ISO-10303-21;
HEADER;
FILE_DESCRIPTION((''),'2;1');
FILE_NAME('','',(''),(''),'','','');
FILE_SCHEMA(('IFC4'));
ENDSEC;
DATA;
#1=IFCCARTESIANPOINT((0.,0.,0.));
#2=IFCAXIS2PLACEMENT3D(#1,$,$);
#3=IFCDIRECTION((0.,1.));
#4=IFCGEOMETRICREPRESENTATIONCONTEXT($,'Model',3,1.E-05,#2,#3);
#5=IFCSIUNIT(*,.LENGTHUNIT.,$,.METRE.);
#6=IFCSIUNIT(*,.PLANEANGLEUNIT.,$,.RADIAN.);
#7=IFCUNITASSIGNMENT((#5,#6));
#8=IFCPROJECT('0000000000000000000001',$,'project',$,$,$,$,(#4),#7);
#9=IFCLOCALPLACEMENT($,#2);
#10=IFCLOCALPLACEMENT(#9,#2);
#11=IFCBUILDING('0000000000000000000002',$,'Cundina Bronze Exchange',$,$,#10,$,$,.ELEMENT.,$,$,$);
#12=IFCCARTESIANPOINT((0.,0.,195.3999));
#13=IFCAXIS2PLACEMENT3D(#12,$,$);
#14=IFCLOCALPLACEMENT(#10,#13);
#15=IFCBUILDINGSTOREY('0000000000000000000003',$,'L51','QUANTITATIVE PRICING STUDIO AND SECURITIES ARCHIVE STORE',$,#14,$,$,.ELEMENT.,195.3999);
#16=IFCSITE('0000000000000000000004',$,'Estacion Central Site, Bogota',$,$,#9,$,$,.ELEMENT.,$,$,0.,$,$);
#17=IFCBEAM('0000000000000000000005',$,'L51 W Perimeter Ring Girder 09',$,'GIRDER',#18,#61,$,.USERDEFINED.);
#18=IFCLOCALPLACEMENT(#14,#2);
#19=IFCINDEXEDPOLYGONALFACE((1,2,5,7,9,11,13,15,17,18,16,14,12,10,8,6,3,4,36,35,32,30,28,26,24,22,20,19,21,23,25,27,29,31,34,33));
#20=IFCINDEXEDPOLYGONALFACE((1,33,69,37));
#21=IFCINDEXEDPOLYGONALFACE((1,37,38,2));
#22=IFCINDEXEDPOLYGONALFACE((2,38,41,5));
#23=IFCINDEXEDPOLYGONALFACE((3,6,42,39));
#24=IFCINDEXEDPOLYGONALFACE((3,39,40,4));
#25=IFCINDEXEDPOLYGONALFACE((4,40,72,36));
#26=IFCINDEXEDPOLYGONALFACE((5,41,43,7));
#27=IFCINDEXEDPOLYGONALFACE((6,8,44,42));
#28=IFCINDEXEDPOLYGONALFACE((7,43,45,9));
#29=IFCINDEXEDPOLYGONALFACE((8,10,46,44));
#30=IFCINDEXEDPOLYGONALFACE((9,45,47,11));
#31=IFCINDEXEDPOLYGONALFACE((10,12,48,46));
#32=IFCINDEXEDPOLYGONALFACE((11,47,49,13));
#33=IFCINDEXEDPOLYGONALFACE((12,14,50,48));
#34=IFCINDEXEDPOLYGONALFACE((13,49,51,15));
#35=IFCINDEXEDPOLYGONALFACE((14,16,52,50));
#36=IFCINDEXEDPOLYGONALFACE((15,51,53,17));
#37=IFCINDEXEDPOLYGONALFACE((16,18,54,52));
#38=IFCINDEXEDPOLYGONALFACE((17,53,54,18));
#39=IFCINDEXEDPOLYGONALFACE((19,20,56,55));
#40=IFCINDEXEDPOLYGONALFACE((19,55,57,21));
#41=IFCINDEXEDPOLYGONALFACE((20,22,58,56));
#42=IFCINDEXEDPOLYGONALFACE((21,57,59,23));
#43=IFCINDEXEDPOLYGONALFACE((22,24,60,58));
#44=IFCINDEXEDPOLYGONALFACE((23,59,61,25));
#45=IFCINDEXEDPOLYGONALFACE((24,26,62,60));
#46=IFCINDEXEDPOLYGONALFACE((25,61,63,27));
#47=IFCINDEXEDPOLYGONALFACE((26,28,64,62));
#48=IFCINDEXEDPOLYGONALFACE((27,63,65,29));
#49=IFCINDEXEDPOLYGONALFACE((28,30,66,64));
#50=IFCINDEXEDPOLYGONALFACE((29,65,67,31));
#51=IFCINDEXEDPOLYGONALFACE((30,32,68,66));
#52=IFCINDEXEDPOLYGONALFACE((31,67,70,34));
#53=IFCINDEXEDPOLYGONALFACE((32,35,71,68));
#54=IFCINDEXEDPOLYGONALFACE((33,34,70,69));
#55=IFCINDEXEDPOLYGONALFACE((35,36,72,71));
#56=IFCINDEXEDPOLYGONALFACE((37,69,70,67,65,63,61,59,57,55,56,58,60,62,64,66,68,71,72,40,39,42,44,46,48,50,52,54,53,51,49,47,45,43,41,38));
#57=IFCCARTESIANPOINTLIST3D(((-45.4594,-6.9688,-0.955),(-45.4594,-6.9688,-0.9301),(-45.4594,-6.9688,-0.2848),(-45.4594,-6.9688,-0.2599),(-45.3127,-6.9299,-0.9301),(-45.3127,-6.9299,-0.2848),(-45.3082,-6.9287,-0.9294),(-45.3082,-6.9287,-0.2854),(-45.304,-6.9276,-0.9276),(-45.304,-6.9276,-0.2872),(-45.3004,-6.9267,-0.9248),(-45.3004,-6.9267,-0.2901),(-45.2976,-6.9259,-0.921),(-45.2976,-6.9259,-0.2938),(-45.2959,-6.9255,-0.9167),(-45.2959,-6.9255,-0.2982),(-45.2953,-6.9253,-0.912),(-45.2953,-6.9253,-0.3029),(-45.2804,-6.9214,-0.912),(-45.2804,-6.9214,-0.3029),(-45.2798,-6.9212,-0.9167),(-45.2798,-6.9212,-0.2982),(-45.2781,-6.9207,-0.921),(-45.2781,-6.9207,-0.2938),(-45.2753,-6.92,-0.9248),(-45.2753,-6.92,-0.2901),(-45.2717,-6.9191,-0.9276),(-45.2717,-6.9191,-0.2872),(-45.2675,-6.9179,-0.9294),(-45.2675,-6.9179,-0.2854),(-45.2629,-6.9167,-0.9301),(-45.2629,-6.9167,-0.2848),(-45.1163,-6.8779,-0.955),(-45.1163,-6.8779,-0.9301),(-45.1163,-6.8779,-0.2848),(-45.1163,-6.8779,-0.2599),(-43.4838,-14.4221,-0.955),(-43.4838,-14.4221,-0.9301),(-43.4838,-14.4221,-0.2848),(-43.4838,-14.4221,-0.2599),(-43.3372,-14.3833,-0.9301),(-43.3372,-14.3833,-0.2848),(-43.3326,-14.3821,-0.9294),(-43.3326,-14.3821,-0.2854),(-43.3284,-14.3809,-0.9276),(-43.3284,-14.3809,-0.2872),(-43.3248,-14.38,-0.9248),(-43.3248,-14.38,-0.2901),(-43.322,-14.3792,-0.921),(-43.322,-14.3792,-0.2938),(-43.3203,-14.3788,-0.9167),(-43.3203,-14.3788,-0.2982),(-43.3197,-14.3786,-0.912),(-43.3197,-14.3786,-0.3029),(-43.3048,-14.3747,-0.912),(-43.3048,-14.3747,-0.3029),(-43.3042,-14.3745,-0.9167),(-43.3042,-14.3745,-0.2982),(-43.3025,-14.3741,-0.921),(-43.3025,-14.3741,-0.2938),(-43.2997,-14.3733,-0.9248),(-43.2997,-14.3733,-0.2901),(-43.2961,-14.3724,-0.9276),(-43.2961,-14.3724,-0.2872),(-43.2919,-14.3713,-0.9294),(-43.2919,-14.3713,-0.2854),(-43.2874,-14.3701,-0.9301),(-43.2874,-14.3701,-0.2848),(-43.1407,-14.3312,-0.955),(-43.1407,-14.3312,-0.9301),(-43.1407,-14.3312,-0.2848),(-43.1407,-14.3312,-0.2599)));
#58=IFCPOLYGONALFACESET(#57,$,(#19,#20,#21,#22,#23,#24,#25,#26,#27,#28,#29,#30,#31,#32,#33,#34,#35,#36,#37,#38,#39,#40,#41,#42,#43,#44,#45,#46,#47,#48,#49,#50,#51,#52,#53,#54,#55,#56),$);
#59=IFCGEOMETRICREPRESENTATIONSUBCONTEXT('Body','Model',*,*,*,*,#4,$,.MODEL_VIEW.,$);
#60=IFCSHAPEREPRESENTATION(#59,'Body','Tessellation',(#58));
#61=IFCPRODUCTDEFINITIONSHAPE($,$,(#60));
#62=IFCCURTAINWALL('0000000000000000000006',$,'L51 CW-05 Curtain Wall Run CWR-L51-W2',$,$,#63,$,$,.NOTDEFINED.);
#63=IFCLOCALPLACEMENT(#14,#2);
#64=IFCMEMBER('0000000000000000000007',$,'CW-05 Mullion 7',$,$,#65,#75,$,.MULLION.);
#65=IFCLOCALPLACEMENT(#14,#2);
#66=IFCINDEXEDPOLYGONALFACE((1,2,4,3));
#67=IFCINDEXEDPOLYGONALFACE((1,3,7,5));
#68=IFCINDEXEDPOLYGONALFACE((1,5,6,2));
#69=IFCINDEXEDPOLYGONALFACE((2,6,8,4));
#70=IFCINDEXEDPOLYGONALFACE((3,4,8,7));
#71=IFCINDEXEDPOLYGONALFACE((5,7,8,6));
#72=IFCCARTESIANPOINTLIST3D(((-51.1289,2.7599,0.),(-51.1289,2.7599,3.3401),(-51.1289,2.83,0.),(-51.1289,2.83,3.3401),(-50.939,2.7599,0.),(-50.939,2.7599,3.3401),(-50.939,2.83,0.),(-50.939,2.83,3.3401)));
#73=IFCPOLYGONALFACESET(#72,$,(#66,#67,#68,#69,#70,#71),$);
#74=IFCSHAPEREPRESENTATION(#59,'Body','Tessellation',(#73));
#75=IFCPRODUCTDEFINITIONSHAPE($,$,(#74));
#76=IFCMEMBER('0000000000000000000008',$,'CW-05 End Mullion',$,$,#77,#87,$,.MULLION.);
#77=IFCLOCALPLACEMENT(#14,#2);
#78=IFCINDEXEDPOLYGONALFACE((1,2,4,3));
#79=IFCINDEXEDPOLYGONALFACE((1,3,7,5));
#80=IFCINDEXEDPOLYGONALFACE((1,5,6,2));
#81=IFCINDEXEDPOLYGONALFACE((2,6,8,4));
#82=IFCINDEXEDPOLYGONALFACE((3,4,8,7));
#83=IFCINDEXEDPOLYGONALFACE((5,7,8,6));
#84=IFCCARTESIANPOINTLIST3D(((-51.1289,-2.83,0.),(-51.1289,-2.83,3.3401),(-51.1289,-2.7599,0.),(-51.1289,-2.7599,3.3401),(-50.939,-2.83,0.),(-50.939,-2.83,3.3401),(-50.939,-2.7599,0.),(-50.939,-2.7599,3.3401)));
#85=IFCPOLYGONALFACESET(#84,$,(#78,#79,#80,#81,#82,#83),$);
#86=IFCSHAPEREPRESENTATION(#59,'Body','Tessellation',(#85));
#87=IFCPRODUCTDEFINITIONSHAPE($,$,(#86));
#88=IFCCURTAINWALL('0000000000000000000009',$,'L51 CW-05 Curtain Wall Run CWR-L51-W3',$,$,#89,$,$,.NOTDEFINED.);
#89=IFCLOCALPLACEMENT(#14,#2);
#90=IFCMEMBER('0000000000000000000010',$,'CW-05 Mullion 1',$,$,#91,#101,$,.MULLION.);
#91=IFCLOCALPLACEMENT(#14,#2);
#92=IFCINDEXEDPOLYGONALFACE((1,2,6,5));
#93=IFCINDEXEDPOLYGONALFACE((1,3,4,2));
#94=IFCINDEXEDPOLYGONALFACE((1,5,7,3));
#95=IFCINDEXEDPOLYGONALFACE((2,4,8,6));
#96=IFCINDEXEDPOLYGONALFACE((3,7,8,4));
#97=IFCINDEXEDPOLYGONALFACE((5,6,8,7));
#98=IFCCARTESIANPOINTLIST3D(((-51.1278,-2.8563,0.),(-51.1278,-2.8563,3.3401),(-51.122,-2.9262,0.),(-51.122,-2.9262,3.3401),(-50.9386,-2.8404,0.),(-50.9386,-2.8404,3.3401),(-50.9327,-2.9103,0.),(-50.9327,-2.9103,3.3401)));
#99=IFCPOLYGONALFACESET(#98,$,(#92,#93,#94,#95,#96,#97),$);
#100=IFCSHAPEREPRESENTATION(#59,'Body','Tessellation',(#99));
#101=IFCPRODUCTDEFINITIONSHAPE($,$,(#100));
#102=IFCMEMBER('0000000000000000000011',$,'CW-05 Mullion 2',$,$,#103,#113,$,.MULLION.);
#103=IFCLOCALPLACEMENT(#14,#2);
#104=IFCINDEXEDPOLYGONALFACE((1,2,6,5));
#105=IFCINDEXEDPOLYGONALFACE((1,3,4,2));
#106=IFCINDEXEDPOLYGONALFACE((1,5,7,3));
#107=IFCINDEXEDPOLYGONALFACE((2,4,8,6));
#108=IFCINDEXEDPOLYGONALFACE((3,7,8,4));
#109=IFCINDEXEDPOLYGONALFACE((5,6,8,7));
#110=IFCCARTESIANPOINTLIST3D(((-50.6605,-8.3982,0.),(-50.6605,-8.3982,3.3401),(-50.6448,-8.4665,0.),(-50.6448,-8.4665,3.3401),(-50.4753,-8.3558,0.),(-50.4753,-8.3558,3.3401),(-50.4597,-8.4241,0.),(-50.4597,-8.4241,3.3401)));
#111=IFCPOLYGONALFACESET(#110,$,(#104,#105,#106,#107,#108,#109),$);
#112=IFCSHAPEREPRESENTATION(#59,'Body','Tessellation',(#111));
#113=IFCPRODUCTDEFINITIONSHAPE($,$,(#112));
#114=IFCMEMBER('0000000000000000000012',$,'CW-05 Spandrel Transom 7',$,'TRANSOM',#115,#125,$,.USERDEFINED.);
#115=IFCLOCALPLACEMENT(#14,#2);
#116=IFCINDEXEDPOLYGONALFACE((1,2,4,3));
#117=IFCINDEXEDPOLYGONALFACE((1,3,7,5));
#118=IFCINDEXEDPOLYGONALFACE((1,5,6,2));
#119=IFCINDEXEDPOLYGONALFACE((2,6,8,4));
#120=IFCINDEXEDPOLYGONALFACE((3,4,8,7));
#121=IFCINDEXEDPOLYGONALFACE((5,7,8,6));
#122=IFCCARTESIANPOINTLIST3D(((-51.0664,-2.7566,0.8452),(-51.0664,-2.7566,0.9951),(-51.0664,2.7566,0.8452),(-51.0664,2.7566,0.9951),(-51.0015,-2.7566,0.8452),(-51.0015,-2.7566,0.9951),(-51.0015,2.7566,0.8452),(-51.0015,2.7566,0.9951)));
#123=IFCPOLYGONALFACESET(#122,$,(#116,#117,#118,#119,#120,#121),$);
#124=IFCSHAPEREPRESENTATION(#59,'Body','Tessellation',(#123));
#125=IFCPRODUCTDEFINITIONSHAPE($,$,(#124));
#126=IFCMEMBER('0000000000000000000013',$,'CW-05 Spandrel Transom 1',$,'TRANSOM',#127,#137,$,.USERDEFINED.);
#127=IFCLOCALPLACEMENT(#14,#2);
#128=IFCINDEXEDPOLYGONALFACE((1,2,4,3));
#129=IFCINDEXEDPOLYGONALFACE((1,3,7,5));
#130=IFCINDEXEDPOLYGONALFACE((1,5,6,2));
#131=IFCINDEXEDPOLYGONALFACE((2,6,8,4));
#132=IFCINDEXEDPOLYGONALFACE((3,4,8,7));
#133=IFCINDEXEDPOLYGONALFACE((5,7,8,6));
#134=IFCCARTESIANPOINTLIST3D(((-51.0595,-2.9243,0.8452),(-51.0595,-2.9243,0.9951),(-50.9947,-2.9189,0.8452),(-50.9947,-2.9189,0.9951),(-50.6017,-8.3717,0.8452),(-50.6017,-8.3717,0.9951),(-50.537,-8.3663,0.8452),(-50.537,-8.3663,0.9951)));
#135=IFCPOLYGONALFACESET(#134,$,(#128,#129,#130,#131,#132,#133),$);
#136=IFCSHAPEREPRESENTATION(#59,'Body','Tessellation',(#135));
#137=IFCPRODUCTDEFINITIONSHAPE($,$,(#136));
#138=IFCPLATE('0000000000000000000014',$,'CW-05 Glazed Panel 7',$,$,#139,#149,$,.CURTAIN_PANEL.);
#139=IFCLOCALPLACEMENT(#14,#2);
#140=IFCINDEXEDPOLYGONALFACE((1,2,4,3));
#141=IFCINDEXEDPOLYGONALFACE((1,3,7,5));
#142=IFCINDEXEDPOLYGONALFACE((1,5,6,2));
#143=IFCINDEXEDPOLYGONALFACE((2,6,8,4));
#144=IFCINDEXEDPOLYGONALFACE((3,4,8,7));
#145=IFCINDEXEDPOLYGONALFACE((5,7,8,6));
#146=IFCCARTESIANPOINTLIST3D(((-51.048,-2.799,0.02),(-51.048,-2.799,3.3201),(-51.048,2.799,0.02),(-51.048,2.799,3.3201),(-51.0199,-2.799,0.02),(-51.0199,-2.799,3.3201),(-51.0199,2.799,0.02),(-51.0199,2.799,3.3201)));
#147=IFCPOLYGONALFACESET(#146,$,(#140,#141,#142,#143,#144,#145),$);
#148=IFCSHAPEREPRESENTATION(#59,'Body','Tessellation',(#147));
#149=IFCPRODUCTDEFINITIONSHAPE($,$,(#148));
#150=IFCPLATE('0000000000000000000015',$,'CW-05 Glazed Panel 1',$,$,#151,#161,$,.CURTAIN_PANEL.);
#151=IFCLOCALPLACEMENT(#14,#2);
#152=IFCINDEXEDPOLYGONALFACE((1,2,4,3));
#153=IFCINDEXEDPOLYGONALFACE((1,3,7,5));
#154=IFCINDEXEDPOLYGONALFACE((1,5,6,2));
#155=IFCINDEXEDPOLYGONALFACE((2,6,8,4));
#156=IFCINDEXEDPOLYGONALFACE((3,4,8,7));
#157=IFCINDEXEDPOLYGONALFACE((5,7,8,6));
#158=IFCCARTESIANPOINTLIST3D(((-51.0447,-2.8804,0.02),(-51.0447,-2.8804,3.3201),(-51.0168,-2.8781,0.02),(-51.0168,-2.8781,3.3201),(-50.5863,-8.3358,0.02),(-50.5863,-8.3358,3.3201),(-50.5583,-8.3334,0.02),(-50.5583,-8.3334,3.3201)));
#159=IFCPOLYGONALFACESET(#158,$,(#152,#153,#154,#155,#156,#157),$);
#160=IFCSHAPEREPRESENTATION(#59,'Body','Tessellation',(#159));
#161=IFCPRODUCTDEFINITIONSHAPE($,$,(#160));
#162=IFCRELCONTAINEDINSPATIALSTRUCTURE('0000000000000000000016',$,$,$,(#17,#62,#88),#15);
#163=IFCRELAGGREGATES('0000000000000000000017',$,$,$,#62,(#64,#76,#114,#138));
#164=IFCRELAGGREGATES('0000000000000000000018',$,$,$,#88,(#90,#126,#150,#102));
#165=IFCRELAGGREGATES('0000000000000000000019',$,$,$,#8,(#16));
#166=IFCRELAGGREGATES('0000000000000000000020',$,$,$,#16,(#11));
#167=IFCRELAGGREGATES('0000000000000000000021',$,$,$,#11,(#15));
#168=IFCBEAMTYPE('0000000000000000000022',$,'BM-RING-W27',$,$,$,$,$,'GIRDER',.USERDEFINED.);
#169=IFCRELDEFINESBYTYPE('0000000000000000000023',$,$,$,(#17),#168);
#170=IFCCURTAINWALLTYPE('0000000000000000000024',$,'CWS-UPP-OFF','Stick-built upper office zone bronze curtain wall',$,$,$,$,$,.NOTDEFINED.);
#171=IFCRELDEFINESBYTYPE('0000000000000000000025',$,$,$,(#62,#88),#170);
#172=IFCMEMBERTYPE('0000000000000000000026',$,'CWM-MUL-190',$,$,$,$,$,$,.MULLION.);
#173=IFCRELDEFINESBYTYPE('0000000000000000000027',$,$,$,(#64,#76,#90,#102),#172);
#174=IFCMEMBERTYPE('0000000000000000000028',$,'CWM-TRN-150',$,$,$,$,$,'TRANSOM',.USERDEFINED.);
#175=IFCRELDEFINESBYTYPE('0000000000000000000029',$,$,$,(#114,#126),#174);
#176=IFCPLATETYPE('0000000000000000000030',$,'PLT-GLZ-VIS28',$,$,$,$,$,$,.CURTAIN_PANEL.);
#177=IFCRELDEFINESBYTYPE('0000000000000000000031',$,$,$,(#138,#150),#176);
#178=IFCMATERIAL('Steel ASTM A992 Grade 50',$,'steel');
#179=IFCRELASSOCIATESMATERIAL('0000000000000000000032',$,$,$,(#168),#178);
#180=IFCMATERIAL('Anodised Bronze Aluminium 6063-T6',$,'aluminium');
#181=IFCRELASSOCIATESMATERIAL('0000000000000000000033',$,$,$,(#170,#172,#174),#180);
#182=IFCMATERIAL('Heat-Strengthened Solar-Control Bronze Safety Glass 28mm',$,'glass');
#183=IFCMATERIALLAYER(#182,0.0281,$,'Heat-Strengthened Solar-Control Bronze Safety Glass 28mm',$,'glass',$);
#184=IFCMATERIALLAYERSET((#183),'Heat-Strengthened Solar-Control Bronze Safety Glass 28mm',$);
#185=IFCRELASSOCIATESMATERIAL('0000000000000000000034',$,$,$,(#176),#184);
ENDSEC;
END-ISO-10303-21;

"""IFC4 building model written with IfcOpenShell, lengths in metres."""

from ifc_helpers import new_model, si_unit, direction, frame, origin, origin_2d, place, context, subcontext, project, spatial, rectangle, i_section, extrude, material, layer, layer_set, material_profile, profile_set, type_object, element, aggregate, save


model = new_model("IFC4")

# Units and contexts
model_context = context("Model", 3, precision=1e-05, world=origin(), true_north=direction((0.0, 1.0)))
body_context = subcontext(model_context, "Body", "Model", "MODEL_VIEW")
ifc_project = project(units=[si_unit("LENGTHUNIT", "METRE"), si_unit("PLANEANGLEUNIT", "RADIAN")], contexts=[model_context])

# Site, building, storey
site_placement = place(None, origin())
site = spatial("IfcSite", under=ifc_project, at=site_placement, Name="Estacion Central Site, Bogota", CompositionType="ELEMENT", RefElevation=0.0)
building_placement = place(site_placement, origin())
building = spatial("IfcBuilding", under=site, at=building_placement, Name="Cundina Bronze Exchange", CompositionType="ELEMENT")
storey_placement = place(building_placement, frame((0.0, 0.0, 195.3999)))
storey = spatial("IfcBuildingStorey", under=building, at=storey_placement, Name="L51", Description="QUANTITATIVE PRICING STUDIO AND SECURITIES ARCHIVE STORE", CompositionType="ELEMENT", Elevation=195.3999)

# Beam
ifc_material_1 = material(Name="Steel ASTM A992 Grade 50", Category="steel")
ifc_material_profile_1 = material_profile(ifc_material_1, i_section(OverallWidth=0.355, OverallDepth=0.6951, WebThickness=0.0154, FlangeThickness=0.0249, FilletRadius=0.0181, at=origin_2d()), Name="W27X146", Category="steel")
ifc_profile_set_1 = profile_set([ifc_material_profile_1], Name="Steel ASTM A992 Grade 50")
beam_type_1 = type_object("IfcBeamType", Name="BM-RING-W27", ElementType="GIRDER", PredefinedType="USERDEFINED", material=ifc_profile_set_1)
for number, where, z_axis, x_axis, name in (
    (1, (-45.2878, -6.9233, -0.6074), (0.256212, -0.966621, 0.0), (0.966621, 0.256212, 0.0), "L51 W Perimeter Ring Girder 09"),
):
    element("IfcBeam", number, at=place(storey_placement, frame(where, z_axis=z_axis, x_axis=x_axis)), inside=storey, type_object=beam_type_1, Name=name, ObjectType="GIRDER", PredefinedType="USERDEFINED", context=body_context, shape_type="SweptSolid", body=[
        extrude(i_section(OverallWidth=0.355, OverallDepth=0.6951, WebThickness=0.0154, FlangeThickness=0.0249, FilletRadius=0.0181, at=origin_2d()), origin(), (0.0, 0.0, 1.0), 7.7107),
    ])

# Curtain walls, members
ifc_material_2 = material(Name="Anodised Bronze Aluminium 6063-T6", Category="aluminium")
curtain_wall_type = type_object("IfcCurtainWallType", Name="CWS-UPP-OFF", Description="Stick-built upper office zone bronze curtain wall", PredefinedType="NOTDEFINED", material=ifc_material_2)
curtain_wall_1_placement = place(storey_placement, origin())
curtain_wall_1 = element("IfcCurtainWall", 2, at=curtain_wall_1_placement, inside=storey, type_object=curtain_wall_type, Name="L51 CW-05 Curtain Wall Run CWR-L51-W2", PredefinedType="NOTDEFINED")
ifc_material_profile_2 = material_profile(ifc_material_2, rectangle(XDim=0.0701, YDim=0.1899, at=origin_2d()), Name="AL70X190", Category="aluminium")
ifc_profile_set_2 = profile_set([ifc_material_profile_2], Name="Anodised Bronze Aluminium 6063-T6")
member_type_1 = type_object("IfcMemberType", Name="CWM-MUL-190", PredefinedType="MULLION", material=ifc_profile_set_2)
member_1_placement = place(storey_placement, frame((-51.0339, 2.7949, 0.0), z_axis=(0.0, 0.0, 1.0), x_axis=(0.0, -1.0, 0.0)))
member_1 = element("IfcMember", 3, at=member_1_placement, type_object=member_type_1, Name="CW-05 Mullion 7", PredefinedType="MULLION", context=body_context, shape_type="SweptSolid", body=[
    extrude(rectangle(XDim=0.0701, YDim=0.1899, at=origin_2d()), origin(), (0.0, 0.0, 1.0), 3.3401),
])
member_2_placement = place(storey_placement, frame((-51.0339, -2.7949, 0.0), z_axis=(0.0, 0.0, 1.0), x_axis=(0.0, -1.0, 0.0)))
member_2 = element("IfcMember", 4, at=member_2_placement, type_object=member_type_1, Name="CW-05 End Mullion", PredefinedType="MULLION", context=body_context, shape_type="SweptSolid", body=[
    extrude(rectangle(XDim=0.0701, YDim=0.1899, at=origin_2d()), origin(), (0.0, 0.0, 1.0), 3.3401),
])
curtain_wall_2_placement = place(storey_placement, origin())
curtain_wall_2 = element("IfcCurtainWall", 5, at=curtain_wall_2_placement, inside=storey, type_object=curtain_wall_type, Name="L51 CW-05 Curtain Wall Run CWR-L51-W3", PredefinedType="NOTDEFINED")
member_3_placement = place(storey_placement, frame((-51.0303, -2.8833, 0.0), z_axis=(0.0, 0.0, 1.0), x_axis=(0.083678, -0.996493, 0.0)))
member_3 = element("IfcMember", 6, at=member_3_placement, type_object=member_type_1, Name="CW-05 Mullion 1", PredefinedType="MULLION", context=body_context, shape_type="SweptSolid", body=[
    extrude(rectangle(XDim=0.0701, YDim=0.1899, at=origin_2d()), origin(), (0.0, 0.0, 1.0), 3.3401),
])
member_4_placement = place(storey_placement, frame((-50.5601, -8.4111, 0.0), z_axis=(0.0, 0.0, 1.0), x_axis=(0.22325, -0.974761, 0.0)))
member_4 = element("IfcMember", 7, at=member_4_placement, type_object=member_type_1, Name="CW-05 Mullion 2", PredefinedType="MULLION", context=body_context, shape_type="SweptSolid", body=[
    extrude(rectangle(XDim=0.0701, YDim=0.1899, at=origin_2d()), origin(), (0.0, 0.0, 1.0), 3.3401),
])

# Members
ifc_material_profile_3 = material_profile(ifc_material_2, rectangle(XDim=0.0649, YDim=0.1499, at=origin_2d()), Name="AL65X150", Category="aluminium")
ifc_profile_set_3 = profile_set([ifc_material_profile_3], Name="Anodised Bronze Aluminium 6063-T6")
member_type_2 = type_object("IfcMemberType", Name="CWM-TRN-150", ElementType="TRANSOM", PredefinedType="USERDEFINED", material=ifc_profile_set_3)
member_5_placement = place(storey_placement, frame((-51.0339, 2.7566, 0.9202), z_axis=(0.0, -1.0, 0.0), x_axis=(1.0, 0.0, 0.0)))
member_5 = element("IfcMember", 8, at=member_5_placement, type_object=member_type_2, Name="CW-05 Spandrel Transom 7", ObjectType="TRANSOM", PredefinedType="USERDEFINED", context=body_context, shape_type="SweptSolid", body=[
    extrude(rectangle(XDim=0.0649, YDim=0.1499, at=origin_2d()), origin(), (0.0, 0.0, 1.0), 5.5132),
])
member_6_placement = place(storey_placement, frame((-51.0271, -2.9216, 0.9202), z_axis=(0.08374, -0.996488, 0.0), x_axis=(0.996488, 0.08374, 0.0)))
member_6 = element("IfcMember", 9, at=member_6_placement, type_object=member_type_2, Name="CW-05 Spandrel Transom 1", ObjectType="TRANSOM", PredefinedType="USERDEFINED", context=body_context, shape_type="SweptSolid", body=[
    extrude(rectangle(XDim=0.0649, YDim=0.1499, at=origin_2d()), origin(), (0.0, 0.0, 1.0), 5.4666),
])

# Plates
ifc_material_3 = material(Name="Heat-Strengthened Solar-Control Bronze Safety Glass 28mm", Category="glass")
ifc_layer_1 = layer(ifc_material_3, 0.0281, Name="Heat-Strengthened Solar-Control Bronze Safety Glass 28mm", Category="glass")
ifc_layer_set_1 = layer_set([ifc_layer_1], Name="Heat-Strengthened Solar-Control Bronze Safety Glass 28mm")
plate_type = type_object("IfcPlateType", Name="PLT-GLZ-VIS28", PredefinedType="CURTAIN_PANEL", material=ifc_layer_set_1)
plate_1_placement = place(storey_placement, frame((-51.0339, 0.0, 0.02), z_axis=(0.0, 0.0, 1.0), x_axis=(0.0, -1.0, 0.0)))
plate_1 = element("IfcPlate", 10, at=plate_1_placement, type_object=plate_type, Name="CW-05 Glazed Panel 7", PredefinedType="CURTAIN_PANEL", context=body_context, shape_type="SweptSolid", body=[
    extrude(rectangle(XDim=5.5979, YDim=0.0281, at=origin_2d()), origin(), (0.0, 0.0, 1.0), 3.3),
])
aggregate(curtain_wall_1, [member_1, member_2, member_5, plate_1])
plate_2_placement = place(storey_placement, frame((-50.8015, -5.6069, 0.02), z_axis=(0.0, 0.0, 1.0), x_axis=(0.083747, -0.996487, 0.0)))
plate_2 = element("IfcPlate", 11, at=plate_2_placement, type_object=plate_type, Name="CW-05 Glazed Panel 1", PredefinedType="CURTAIN_PANEL", context=body_context, shape_type="SweptSolid", body=[
    extrude(rectangle(XDim=5.4746, YDim=0.0281, at=origin_2d()), origin(), (0.0, 0.0, 1.0), 3.3),
])
aggregate(curtain_wall_2, [member_3, member_6, plate_2, member_4])

save(model, "model.ifc")
